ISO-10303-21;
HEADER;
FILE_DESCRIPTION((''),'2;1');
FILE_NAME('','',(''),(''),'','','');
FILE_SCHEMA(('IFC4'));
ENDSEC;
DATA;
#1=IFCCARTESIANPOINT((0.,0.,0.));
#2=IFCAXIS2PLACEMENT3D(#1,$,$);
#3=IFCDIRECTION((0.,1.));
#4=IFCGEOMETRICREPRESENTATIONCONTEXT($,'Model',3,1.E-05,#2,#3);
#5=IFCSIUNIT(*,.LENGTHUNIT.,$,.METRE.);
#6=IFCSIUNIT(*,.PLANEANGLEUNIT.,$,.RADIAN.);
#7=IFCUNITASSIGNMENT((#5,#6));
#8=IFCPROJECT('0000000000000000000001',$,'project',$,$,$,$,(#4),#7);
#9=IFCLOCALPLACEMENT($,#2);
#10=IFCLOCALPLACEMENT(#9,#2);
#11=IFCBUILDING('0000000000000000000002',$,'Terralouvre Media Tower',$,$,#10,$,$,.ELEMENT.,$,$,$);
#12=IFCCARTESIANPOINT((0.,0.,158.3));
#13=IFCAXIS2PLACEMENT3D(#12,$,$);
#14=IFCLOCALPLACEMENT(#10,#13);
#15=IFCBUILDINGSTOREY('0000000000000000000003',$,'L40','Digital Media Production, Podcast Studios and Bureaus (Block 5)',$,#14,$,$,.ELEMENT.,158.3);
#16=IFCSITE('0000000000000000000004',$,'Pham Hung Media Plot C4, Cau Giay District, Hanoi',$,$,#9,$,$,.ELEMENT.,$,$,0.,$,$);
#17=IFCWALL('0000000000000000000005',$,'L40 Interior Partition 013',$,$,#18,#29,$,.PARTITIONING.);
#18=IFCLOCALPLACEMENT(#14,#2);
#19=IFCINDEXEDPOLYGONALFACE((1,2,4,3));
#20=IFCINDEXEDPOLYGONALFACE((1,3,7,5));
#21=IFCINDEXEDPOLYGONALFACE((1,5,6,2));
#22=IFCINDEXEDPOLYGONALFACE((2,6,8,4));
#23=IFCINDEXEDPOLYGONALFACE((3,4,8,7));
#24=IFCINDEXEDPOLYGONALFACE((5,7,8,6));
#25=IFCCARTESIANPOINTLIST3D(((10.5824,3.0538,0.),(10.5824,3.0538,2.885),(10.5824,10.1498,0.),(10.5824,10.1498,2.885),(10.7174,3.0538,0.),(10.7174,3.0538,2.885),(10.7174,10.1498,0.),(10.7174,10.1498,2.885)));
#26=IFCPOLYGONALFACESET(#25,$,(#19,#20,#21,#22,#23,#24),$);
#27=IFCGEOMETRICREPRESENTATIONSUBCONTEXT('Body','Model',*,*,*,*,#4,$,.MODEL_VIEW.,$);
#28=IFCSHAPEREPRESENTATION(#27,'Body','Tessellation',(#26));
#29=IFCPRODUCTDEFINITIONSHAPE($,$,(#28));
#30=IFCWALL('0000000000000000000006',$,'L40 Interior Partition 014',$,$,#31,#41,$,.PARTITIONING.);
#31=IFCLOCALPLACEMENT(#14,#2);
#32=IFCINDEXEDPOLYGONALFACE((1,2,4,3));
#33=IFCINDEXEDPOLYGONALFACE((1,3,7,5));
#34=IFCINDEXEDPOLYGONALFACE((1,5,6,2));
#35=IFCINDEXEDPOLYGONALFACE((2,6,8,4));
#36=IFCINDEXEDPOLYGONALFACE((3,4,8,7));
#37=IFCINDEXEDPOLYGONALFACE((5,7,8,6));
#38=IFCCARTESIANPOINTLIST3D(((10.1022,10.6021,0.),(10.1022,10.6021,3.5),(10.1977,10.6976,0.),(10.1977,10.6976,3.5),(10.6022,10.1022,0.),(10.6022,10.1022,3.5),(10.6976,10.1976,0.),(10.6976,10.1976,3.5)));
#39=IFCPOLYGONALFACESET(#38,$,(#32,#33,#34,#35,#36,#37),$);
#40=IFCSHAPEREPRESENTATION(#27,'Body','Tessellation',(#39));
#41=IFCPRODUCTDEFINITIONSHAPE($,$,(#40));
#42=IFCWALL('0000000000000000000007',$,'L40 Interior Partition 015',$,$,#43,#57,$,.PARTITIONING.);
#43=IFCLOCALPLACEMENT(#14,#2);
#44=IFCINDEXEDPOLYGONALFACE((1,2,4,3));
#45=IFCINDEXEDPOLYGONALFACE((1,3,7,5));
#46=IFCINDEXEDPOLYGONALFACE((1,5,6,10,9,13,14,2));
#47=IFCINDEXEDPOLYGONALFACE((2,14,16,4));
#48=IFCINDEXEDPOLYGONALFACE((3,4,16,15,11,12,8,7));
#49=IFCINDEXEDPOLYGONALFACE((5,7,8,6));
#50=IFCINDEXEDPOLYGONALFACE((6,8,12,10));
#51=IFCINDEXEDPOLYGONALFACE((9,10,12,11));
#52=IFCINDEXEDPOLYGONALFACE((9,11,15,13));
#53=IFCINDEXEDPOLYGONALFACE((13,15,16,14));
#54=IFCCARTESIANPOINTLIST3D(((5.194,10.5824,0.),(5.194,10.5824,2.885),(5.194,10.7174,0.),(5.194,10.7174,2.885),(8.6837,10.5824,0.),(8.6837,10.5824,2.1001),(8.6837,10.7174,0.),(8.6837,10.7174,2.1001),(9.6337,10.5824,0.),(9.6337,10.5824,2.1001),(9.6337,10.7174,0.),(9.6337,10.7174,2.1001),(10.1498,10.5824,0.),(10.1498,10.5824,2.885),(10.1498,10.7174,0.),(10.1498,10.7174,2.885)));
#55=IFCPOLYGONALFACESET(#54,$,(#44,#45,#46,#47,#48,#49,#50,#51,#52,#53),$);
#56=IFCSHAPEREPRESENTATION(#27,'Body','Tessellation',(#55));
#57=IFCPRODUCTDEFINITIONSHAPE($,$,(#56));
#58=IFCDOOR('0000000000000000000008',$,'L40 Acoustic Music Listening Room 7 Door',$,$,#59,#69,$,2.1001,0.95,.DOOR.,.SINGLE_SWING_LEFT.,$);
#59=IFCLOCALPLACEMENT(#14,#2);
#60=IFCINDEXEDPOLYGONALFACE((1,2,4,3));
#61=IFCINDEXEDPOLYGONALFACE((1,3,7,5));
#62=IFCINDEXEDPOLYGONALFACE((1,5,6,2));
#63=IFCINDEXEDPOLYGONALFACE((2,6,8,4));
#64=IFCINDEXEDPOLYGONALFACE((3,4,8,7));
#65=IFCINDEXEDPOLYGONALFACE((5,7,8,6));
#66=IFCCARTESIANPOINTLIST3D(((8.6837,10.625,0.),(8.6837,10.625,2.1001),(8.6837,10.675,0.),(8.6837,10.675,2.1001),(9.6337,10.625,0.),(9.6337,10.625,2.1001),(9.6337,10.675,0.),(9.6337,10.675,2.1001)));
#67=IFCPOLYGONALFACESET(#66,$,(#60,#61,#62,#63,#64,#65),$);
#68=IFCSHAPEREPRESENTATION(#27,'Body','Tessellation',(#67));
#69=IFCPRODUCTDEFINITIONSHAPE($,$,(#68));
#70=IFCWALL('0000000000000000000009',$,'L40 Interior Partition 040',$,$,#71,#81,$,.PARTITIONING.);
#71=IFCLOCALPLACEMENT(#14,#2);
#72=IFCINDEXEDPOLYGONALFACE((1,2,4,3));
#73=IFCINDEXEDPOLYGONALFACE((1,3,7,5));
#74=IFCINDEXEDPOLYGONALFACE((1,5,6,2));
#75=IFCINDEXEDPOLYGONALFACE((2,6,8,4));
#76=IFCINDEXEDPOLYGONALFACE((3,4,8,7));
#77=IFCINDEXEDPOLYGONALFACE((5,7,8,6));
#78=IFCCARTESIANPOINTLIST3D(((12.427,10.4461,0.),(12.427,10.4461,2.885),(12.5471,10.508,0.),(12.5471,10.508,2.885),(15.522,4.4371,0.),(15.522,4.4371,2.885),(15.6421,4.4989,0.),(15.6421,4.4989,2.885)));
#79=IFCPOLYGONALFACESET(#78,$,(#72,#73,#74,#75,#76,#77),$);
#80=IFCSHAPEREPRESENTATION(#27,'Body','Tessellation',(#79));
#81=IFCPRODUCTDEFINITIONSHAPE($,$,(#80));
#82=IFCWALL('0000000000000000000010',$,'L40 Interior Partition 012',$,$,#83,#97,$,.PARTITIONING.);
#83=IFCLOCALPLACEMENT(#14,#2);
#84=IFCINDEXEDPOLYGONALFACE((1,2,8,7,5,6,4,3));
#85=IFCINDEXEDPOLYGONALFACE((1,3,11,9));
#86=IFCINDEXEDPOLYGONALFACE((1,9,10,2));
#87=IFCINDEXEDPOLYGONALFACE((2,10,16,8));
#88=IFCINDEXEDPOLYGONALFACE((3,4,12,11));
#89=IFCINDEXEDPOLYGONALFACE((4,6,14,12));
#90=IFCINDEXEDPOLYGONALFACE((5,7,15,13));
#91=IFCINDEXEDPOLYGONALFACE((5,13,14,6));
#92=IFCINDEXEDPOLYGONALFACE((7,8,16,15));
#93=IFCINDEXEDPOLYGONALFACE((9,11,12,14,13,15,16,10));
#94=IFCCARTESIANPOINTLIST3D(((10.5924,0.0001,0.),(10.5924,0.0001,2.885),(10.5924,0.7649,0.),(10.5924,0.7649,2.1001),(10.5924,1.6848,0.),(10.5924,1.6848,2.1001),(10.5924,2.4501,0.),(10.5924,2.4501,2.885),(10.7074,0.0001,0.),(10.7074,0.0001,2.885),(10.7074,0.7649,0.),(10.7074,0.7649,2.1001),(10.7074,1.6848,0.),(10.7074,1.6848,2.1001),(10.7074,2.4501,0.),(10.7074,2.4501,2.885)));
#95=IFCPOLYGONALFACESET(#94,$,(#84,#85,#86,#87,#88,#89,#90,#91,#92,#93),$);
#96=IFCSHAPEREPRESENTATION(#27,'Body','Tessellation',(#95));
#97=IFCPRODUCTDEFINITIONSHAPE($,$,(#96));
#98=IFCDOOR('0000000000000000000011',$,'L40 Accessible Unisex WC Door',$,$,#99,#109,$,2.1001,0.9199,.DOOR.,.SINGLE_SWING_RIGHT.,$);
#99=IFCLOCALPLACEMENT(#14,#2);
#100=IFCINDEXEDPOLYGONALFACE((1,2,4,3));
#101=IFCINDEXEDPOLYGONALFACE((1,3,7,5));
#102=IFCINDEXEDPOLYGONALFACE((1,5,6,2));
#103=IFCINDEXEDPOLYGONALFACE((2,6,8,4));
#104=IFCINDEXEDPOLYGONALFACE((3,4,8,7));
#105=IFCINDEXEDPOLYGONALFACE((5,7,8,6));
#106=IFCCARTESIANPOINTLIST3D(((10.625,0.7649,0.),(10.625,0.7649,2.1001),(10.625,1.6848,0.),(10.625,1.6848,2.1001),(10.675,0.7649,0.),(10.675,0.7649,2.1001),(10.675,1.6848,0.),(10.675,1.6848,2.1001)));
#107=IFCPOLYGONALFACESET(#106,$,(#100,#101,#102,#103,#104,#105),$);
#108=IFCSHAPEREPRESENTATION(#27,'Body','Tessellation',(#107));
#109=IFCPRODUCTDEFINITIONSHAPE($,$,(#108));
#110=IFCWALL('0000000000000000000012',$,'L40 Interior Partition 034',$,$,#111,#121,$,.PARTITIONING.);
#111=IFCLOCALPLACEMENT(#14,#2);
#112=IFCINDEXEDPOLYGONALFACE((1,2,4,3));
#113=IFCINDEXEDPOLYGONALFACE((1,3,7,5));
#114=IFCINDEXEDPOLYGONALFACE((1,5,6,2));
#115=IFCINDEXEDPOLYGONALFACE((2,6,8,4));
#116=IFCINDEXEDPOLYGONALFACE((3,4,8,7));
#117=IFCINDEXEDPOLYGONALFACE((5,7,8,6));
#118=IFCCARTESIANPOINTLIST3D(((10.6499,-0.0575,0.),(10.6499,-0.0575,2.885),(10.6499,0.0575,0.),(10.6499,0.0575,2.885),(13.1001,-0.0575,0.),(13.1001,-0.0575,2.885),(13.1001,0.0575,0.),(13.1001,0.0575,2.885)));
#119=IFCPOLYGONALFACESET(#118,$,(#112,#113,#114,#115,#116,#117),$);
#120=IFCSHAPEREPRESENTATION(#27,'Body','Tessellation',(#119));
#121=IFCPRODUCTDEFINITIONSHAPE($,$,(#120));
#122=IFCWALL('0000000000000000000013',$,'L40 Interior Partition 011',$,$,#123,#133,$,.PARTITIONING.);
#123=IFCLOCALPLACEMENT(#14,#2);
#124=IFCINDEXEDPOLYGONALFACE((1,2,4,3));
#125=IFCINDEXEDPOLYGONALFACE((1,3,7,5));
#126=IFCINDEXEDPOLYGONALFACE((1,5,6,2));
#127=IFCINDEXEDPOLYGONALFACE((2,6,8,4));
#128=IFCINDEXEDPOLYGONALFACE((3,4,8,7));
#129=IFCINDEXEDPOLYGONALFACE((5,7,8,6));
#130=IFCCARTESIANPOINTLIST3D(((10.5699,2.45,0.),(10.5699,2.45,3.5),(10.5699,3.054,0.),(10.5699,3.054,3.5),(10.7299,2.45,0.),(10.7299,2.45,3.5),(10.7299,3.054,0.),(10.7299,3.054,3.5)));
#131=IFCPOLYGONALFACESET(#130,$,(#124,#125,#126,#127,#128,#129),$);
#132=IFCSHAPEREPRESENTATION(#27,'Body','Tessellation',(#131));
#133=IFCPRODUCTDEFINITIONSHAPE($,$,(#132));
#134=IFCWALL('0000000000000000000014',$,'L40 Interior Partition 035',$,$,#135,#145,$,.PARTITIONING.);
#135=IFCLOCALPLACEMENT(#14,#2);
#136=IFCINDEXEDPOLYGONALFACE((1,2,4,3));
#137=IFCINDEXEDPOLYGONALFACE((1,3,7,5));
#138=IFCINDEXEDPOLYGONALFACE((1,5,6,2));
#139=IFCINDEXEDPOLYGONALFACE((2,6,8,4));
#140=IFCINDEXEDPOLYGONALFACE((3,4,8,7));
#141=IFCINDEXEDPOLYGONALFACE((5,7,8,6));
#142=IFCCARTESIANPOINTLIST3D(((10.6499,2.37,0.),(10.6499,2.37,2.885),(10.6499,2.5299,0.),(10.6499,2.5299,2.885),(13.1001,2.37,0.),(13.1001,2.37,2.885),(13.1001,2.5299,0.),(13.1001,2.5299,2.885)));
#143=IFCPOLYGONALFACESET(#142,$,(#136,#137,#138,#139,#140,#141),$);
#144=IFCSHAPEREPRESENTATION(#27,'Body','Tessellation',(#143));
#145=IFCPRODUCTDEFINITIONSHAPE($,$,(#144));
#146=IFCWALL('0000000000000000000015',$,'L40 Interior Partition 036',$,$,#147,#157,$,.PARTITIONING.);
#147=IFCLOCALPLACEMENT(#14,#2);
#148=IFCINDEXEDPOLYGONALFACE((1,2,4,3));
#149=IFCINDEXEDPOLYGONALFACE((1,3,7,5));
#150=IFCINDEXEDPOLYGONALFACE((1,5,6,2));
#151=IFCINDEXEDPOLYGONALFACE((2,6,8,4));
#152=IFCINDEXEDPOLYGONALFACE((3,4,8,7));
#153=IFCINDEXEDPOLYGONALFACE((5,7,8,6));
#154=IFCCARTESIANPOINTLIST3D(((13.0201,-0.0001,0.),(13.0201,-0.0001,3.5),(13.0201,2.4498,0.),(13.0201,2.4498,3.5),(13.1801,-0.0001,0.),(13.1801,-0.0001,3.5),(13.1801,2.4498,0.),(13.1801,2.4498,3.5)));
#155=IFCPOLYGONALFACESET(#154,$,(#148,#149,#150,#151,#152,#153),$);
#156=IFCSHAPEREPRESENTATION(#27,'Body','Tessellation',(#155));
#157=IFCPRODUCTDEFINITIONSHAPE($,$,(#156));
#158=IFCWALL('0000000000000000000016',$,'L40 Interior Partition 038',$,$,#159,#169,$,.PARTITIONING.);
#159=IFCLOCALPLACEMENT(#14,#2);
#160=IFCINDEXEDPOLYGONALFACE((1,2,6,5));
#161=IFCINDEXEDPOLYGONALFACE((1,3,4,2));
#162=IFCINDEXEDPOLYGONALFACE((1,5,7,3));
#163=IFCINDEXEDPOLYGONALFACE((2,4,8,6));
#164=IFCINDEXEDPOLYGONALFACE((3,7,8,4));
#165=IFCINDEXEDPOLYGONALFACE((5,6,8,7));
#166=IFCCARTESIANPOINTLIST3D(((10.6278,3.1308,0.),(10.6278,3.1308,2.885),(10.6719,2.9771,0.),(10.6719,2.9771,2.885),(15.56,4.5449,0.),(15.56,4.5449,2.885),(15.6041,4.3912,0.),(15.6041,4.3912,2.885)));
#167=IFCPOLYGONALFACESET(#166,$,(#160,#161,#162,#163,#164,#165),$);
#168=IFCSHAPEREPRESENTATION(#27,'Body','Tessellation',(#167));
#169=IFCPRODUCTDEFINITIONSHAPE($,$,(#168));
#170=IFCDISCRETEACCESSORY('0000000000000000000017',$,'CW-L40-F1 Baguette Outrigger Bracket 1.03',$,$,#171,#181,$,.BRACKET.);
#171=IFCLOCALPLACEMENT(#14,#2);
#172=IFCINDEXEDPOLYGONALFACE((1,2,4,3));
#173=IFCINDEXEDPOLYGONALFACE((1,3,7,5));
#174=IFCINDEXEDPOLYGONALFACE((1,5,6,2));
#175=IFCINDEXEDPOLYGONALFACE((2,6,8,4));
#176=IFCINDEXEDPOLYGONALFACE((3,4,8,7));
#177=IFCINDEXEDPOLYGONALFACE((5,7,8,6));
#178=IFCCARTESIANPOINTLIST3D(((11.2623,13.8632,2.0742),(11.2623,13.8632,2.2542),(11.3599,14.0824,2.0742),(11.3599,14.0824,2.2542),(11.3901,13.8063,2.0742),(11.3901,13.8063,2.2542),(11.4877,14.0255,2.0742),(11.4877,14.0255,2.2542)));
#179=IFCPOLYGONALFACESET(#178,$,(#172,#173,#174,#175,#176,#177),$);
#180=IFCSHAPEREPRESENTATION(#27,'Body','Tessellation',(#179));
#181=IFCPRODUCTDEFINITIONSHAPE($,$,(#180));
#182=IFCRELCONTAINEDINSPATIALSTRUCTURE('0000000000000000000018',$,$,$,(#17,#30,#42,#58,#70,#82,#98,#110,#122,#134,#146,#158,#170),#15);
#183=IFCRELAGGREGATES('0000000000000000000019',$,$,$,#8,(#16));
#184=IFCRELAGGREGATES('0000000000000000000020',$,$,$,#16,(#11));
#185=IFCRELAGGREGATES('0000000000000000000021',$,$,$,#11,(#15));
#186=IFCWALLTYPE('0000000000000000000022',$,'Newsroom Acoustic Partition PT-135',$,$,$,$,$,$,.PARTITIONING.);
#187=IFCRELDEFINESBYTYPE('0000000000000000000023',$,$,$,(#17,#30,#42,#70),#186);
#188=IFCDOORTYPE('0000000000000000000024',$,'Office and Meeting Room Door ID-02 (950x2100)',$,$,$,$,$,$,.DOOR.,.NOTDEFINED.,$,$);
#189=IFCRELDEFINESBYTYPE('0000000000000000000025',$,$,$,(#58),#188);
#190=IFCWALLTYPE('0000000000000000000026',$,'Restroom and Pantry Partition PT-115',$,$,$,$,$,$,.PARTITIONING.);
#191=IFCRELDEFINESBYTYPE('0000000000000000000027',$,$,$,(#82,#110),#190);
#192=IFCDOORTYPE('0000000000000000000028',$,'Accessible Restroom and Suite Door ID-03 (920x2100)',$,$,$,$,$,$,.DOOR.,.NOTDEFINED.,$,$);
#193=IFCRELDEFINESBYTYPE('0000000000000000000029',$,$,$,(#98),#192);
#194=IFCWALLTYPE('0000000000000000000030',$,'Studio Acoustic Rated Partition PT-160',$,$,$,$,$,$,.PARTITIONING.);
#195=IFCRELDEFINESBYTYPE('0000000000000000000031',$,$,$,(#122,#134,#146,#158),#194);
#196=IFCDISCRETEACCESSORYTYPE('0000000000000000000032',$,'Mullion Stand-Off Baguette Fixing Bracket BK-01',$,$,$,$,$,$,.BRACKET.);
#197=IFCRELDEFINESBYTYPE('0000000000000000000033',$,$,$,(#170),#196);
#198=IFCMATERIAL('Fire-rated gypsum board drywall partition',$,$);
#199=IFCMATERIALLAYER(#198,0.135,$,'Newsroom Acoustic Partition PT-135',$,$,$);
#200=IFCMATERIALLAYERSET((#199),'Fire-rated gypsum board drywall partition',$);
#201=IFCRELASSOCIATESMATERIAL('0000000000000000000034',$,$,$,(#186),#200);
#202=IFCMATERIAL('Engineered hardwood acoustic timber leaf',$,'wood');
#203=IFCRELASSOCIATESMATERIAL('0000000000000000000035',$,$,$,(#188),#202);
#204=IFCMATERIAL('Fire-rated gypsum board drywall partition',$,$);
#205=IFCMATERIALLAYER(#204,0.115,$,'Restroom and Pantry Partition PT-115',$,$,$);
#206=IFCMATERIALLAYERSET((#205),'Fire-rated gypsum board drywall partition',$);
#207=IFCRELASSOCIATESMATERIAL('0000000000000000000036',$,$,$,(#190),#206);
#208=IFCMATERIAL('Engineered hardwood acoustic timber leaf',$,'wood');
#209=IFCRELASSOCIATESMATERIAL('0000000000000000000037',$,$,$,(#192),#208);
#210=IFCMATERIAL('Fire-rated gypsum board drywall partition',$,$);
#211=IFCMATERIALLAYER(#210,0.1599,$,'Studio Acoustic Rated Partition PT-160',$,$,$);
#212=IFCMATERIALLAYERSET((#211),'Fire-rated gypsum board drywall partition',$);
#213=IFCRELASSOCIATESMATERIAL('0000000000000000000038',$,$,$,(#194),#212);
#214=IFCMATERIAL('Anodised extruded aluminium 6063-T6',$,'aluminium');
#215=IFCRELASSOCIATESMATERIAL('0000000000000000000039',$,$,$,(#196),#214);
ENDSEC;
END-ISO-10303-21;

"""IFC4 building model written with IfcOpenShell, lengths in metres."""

from ifc_helpers import new_model, si_unit, direction, frame, frame_2d, origin, origin_2d, place, context, subcontext, project, spatial, rectangle, extrude, material, layer, layer_set, type_object, element, fill, save


model = new_model("IFC4")

# Units and contexts
model_context = context("Model", 3, precision=1e-05, world=origin(), true_north=direction((0.0, 1.0)))
body_context = subcontext(model_context, "Body", "Model", "MODEL_VIEW")
ifc_project = project(units=[si_unit("LENGTHUNIT", "METRE"), si_unit("PLANEANGLEUNIT", "RADIAN")], contexts=[model_context])

# Site, building, storey
site_placement = place(None, origin())
site = spatial("IfcSite", under=ifc_project, at=site_placement, Name="Pham Hung Media Plot C4, Cau Giay District, Hanoi", CompositionType="ELEMENT", RefElevation=0.0)
building_placement = place(site_placement, origin())
building = spatial("IfcBuilding", under=site, at=building_placement, Name="Terralouvre Media Tower", CompositionType="ELEMENT")
storey_placement = place(building_placement, frame((0.0, 0.0, 158.3)))
storey = spatial("IfcBuildingStorey", under=building, at=storey_placement, Name="L40", Description="Digital Media Production, Podcast Studios and Bureaus (Block 5)", CompositionType="ELEMENT", Elevation=158.3)

# Walls
ifc_material_1 = material(Name="Fire-rated gypsum board drywall partition")
ifc_layer_1 = layer(ifc_material_1, 0.135, Name="Newsroom Acoustic Partition PT-135")
ifc_layer_set_1 = layer_set([ifc_layer_1], Name="Fire-rated gypsum board drywall partition")
wall_type_1 = type_object("IfcWallType", Name="Newsroom Acoustic Partition PT-135", PredefinedType="PARTITIONING", material=ifc_layer_set_1)
wall_1_placement = place(storey_placement, frame((10.6499, 3.054, 0.0), z_axis=(0.0, 0.0, 1.0), x_axis=(0.0, 1.0, 0.0)))
element("IfcWall", 1, at=wall_1_placement, inside=storey, type_object=wall_type_1, Name="L40 Interior Partition 013", PredefinedType="PARTITIONING", context=body_context, shape_type="SweptSolid", body=[
    extrude(rectangle(XDim=7.0959, YDim=0.135, at=frame_2d((3.5479, 0.0))), origin(), (0.0, 0.0, 1.0), 2.885),
])
wall_2_placement = place(storey_placement, frame((10.6499, 10.1499, 0.0), z_axis=(0.0, 0.0, 1.0), x_axis=(-0.707107, 0.707107, 0.0)))
element("IfcWall", 2, at=wall_2_placement, inside=storey, type_object=wall_type_1, Name="L40 Interior Partition 014", PredefinedType="PARTITIONING", context=body_context, shape_type="SweptSolid", body=[
    extrude(rectangle(XDim=0.707, YDim=0.135, at=frame_2d((0.3535, 0.0))), origin(), (0.0, 0.0, 1.0), 3.5),
])

# Wall, opening, door
wall_3_placement = place(storey_placement, frame((10.1499, 10.6499, 0.0), z_axis=(0.0, 0.0, 1.0), x_axis=(-1.0, 0.0, 0.0)))
wall_3 = element("IfcWall", 3, at=wall_3_placement, inside=storey, type_object=wall_type_1, Name="L40 Interior Partition 015", PredefinedType="PARTITIONING", context=body_context, shape_type="SweptSolid", body=[
    extrude(rectangle(XDim=4.9558, YDim=0.135, at=frame_2d((2.478, 0.0))), origin(), (0.0, 0.0, 1.0), 2.885),
])
opening_1_placement = place(wall_3_placement, frame((0.5161, 0.0, 0.0)))
opening_1 = element("IfcOpeningElement", 4, at=opening_1_placement, cuts=wall_3, PredefinedType="OPENING", context=body_context, shape_type="SweptSolid", body=[
    extrude(rectangle(XDim=0.95, YDim=2.1001, at=frame_2d((0.4751, 1.05))), frame((0.0, 0.0774, 0.0), z_axis=(0.0, -1.0, 0.0), x_axis=(1.0, 0.0, 0.0)), (0.0, 0.0, 1.0), 0.155),
])
ifc_material_2 = material(Name="Engineered hardwood acoustic timber leaf", Category="wood")
door_type_1 = type_object("IfcDoorType", Name="Office and Meeting Room Door ID-02 (950x2100)", OperationType="NOTDEFINED", PredefinedType="DOOR", material=ifc_material_2)
door_1_placement = place(opening_1_placement, origin())
door_1 = element("IfcDoor", 5, at=door_1_placement, inside=storey, type_object=door_type_1, Name="L40 Acoustic Music Listening Room 7 Door", OperationType="SINGLE_SWING_LEFT", OverallHeight=2.1001, OverallWidth=0.95, PredefinedType="DOOR", context=body_context, shape_type="SweptSolid", body=[
    extrude(rectangle(XDim=0.95, YDim=2.1001, at=frame_2d((0.4751, 1.05))), frame((0.0, 0.0249, 0.0), z_axis=(0.0, -1.0, 0.0), x_axis=(1.0, 0.0, 0.0)), (0.0, 0.0, 1.0), 0.05),
])
fill(opening_1, door_1)

# Wall
wall_4_placement = place(storey_placement, frame((12.4871, 10.4771, 0.0), z_axis=(0.0, 0.0, 1.0), x_axis=(0.457887, -0.88901, 0.0)))
element("IfcWall", 6, at=wall_4_placement, inside=storey, type_object=wall_type_1, Name="L40 Interior Partition 040", PredefinedType="PARTITIONING", context=body_context, shape_type="SweptSolid", body=[
    extrude(rectangle(XDim=6.7593, YDim=0.135, at=frame_2d((3.3796, 0.0))), origin(), (0.0, 0.0, 1.0), 2.885),
])

# Wall, opening, door
ifc_material_3 = material(Name="Fire-rated gypsum board drywall partition")
ifc_layer_2 = layer(ifc_material_3, 0.115, Name="Restroom and Pantry Partition PT-115")
ifc_layer_set_2 = layer_set([ifc_layer_2], Name="Fire-rated gypsum board drywall partition")
wall_type_2 = type_object("IfcWallType", Name="Restroom and Pantry Partition PT-115", PredefinedType="PARTITIONING", material=ifc_layer_set_2)
wall_5_placement = place(storey_placement, frame((10.6499, 0.0, 0.0), z_axis=(0.0, 0.0, 1.0), x_axis=(0.0, 1.0, 0.0)))
wall_5 = element("IfcWall", 7, at=wall_5_placement, inside=storey, type_object=wall_type_2, Name="L40 Interior Partition 012", PredefinedType="PARTITIONING", context=body_context, shape_type="SweptSolid", body=[
    extrude(rectangle(XDim=2.45, YDim=0.115, at=frame_2d((1.2251, 0.0))), origin(), (0.0, 0.0, 1.0), 2.885),
])
opening_2_placement = place(wall_5_placement, frame((0.7649, 0.0, 0.0)))
opening_2 = element("IfcOpeningElement", 8, at=opening_2_placement, cuts=wall_5, PredefinedType="OPENING", context=body_context, shape_type="SweptSolid", body=[
    extrude(rectangle(XDim=0.9199, YDim=2.1001, at=frame_2d((0.46, 1.05))), frame((0.0, 0.0674, 0.0), z_axis=(0.0, -1.0, 0.0), x_axis=(1.0, 0.0, 0.0)), (0.0, 0.0, 1.0), 0.135),
])
ifc_material_4 = material(Name="Engineered hardwood acoustic timber leaf", Category="wood")
door_type_2 = type_object("IfcDoorType", Name="Accessible Restroom and Suite Door ID-03 (920x2100)", OperationType="NOTDEFINED", PredefinedType="DOOR", material=ifc_material_4)
door_2_placement = place(opening_2_placement, origin())
door_2 = element("IfcDoor", 9, at=door_2_placement, inside=storey, type_object=door_type_2, Name="L40 Accessible Unisex WC Door", OperationType="SINGLE_SWING_RIGHT", OverallHeight=2.1001, OverallWidth=0.9199, PredefinedType="DOOR", context=body_context, shape_type="SweptSolid", body=[
    extrude(rectangle(XDim=0.9199, YDim=2.1001, at=frame_2d((0.46, 1.05))), frame((0.0, 0.0249, 0.0), z_axis=(0.0, -1.0, 0.0), x_axis=(1.0, 0.0, 0.0)), (0.0, 0.0, 1.0), 0.05),
])
fill(opening_2, door_2)

# Walls
wall_6_placement = place(storey_placement, frame((13.1001, 0.0, 0.0), z_axis=(0.0, 0.0, 1.0), x_axis=(-1.0, 0.0, 0.0)))
element("IfcWall", 10, at=wall_6_placement, inside=storey, type_object=wall_type_2, Name="L40 Interior Partition 034", PredefinedType="PARTITIONING", context=body_context, shape_type="SweptSolid", body=[
    extrude(rectangle(XDim=2.4502, YDim=0.115, at=frame_2d((1.2251, 0.0))), origin(), (0.0, 0.0, 1.0), 2.885),
])
ifc_material_5 = material(Name="Fire-rated gypsum board drywall partition")
ifc_layer_3 = layer(ifc_material_5, 0.1599, Name="Studio Acoustic Rated Partition PT-160")
ifc_layer_set_3 = layer_set([ifc_layer_3], Name="Fire-rated gypsum board drywall partition")
wall_type_3 = type_object("IfcWallType", Name="Studio Acoustic Rated Partition PT-160", PredefinedType="PARTITIONING", material=ifc_layer_set_3)
wall_7_placement = place(storey_placement, frame((10.6499, 2.45, 0.0), z_axis=(0.0, 0.0, 1.0), x_axis=(0.0, 1.0, 0.0)))
element("IfcWall", 11, at=wall_7_placement, inside=storey, type_object=wall_type_3, Name="L40 Interior Partition 011", PredefinedType="PARTITIONING", context=body_context, shape_type="SweptSolid", body=[
    extrude(rectangle(XDim=0.604, YDim=0.1599, at=frame_2d((0.302, 0.0))), origin(), (0.0, 0.0, 1.0), 3.5),
])
wall_8_placement = place(storey_placement, frame((10.6499, 2.45, 0.0), z_axis=(0.0, 0.0, 1.0), x_axis=(1.0, 0.0, 0.0)))
element("IfcWall", 12, at=wall_8_placement, inside=storey, type_object=wall_type_3, Name="L40 Interior Partition 035", PredefinedType="PARTITIONING", context=body_context, shape_type="SweptSolid", body=[
    extrude(rectangle(XDim=2.4502, YDim=0.1599, at=frame_2d((1.2251, 0.0))), origin(), (0.0, 0.0, 1.0), 2.885),
])
wall_9_placement = place(storey_placement, frame((13.1001, 2.45, 0.0), z_axis=(0.0, 0.0, 1.0), x_axis=(0.0, -1.0, 0.0)))
element("IfcWall", 13, at=wall_9_placement, inside=storey, type_object=wall_type_3, Name="L40 Interior Partition 036", PredefinedType="PARTITIONING", context=body_context, shape_type="SweptSolid", body=[
    extrude(rectangle(XDim=2.45, YDim=0.1599, at=frame_2d((1.2251, 0.0))), origin(), (0.0, 0.0, 1.0), 3.5),
])
wall_10_placement = place(storey_placement, frame((15.582, 4.468, 0.0), z_axis=(0.0, 0.0, 1.0), x_axis=(-0.961272, -0.275601, 0.0)))
element("IfcWall", 14, at=wall_10_placement, inside=storey, type_object=wall_type_3, Name="L40 Interior Partition 038", PredefinedType="PARTITIONING", context=body_context, shape_type="SweptSolid", body=[
    extrude(rectangle(XDim=5.1309, YDim=0.1599, at=frame_2d((2.5654, 0.0))), origin(), (0.0, 0.0, 1.0), 2.885),
])

# Discrete accessory
ifc_material_6 = material(Name="Anodised extruded aluminium 6063-T6", Category="aluminium")
discrete_accessory_type = type_object("IfcDiscreteAccessoryType", Name="Mullion Stand-Off Baguette Fixing Bracket BK-01", PredefinedType="BRACKET", material=ifc_material_6)
discrete_accessory_placement = place(storey_placement, frame((11.375, 13.9443, 2.0742), z_axis=(0.0, 0.0, 1.0), x_axis=(-0.913545, 0.406737, 0.0)))
element("IfcDiscreteAccessory", 15, at=discrete_accessory_placement, inside=storey, type_object=discrete_accessory_type, Name="CW-L40-F1 Baguette Outrigger Bracket 1.03", PredefinedType="BRACKET", context=body_context, shape_type="SweptSolid", body=[
    extrude(rectangle(XDim=0.1399, YDim=0.24, at=origin_2d()), origin(), (0.0, 0.0, 1.0), 0.1799),
])

save(model, "model.ifc")
